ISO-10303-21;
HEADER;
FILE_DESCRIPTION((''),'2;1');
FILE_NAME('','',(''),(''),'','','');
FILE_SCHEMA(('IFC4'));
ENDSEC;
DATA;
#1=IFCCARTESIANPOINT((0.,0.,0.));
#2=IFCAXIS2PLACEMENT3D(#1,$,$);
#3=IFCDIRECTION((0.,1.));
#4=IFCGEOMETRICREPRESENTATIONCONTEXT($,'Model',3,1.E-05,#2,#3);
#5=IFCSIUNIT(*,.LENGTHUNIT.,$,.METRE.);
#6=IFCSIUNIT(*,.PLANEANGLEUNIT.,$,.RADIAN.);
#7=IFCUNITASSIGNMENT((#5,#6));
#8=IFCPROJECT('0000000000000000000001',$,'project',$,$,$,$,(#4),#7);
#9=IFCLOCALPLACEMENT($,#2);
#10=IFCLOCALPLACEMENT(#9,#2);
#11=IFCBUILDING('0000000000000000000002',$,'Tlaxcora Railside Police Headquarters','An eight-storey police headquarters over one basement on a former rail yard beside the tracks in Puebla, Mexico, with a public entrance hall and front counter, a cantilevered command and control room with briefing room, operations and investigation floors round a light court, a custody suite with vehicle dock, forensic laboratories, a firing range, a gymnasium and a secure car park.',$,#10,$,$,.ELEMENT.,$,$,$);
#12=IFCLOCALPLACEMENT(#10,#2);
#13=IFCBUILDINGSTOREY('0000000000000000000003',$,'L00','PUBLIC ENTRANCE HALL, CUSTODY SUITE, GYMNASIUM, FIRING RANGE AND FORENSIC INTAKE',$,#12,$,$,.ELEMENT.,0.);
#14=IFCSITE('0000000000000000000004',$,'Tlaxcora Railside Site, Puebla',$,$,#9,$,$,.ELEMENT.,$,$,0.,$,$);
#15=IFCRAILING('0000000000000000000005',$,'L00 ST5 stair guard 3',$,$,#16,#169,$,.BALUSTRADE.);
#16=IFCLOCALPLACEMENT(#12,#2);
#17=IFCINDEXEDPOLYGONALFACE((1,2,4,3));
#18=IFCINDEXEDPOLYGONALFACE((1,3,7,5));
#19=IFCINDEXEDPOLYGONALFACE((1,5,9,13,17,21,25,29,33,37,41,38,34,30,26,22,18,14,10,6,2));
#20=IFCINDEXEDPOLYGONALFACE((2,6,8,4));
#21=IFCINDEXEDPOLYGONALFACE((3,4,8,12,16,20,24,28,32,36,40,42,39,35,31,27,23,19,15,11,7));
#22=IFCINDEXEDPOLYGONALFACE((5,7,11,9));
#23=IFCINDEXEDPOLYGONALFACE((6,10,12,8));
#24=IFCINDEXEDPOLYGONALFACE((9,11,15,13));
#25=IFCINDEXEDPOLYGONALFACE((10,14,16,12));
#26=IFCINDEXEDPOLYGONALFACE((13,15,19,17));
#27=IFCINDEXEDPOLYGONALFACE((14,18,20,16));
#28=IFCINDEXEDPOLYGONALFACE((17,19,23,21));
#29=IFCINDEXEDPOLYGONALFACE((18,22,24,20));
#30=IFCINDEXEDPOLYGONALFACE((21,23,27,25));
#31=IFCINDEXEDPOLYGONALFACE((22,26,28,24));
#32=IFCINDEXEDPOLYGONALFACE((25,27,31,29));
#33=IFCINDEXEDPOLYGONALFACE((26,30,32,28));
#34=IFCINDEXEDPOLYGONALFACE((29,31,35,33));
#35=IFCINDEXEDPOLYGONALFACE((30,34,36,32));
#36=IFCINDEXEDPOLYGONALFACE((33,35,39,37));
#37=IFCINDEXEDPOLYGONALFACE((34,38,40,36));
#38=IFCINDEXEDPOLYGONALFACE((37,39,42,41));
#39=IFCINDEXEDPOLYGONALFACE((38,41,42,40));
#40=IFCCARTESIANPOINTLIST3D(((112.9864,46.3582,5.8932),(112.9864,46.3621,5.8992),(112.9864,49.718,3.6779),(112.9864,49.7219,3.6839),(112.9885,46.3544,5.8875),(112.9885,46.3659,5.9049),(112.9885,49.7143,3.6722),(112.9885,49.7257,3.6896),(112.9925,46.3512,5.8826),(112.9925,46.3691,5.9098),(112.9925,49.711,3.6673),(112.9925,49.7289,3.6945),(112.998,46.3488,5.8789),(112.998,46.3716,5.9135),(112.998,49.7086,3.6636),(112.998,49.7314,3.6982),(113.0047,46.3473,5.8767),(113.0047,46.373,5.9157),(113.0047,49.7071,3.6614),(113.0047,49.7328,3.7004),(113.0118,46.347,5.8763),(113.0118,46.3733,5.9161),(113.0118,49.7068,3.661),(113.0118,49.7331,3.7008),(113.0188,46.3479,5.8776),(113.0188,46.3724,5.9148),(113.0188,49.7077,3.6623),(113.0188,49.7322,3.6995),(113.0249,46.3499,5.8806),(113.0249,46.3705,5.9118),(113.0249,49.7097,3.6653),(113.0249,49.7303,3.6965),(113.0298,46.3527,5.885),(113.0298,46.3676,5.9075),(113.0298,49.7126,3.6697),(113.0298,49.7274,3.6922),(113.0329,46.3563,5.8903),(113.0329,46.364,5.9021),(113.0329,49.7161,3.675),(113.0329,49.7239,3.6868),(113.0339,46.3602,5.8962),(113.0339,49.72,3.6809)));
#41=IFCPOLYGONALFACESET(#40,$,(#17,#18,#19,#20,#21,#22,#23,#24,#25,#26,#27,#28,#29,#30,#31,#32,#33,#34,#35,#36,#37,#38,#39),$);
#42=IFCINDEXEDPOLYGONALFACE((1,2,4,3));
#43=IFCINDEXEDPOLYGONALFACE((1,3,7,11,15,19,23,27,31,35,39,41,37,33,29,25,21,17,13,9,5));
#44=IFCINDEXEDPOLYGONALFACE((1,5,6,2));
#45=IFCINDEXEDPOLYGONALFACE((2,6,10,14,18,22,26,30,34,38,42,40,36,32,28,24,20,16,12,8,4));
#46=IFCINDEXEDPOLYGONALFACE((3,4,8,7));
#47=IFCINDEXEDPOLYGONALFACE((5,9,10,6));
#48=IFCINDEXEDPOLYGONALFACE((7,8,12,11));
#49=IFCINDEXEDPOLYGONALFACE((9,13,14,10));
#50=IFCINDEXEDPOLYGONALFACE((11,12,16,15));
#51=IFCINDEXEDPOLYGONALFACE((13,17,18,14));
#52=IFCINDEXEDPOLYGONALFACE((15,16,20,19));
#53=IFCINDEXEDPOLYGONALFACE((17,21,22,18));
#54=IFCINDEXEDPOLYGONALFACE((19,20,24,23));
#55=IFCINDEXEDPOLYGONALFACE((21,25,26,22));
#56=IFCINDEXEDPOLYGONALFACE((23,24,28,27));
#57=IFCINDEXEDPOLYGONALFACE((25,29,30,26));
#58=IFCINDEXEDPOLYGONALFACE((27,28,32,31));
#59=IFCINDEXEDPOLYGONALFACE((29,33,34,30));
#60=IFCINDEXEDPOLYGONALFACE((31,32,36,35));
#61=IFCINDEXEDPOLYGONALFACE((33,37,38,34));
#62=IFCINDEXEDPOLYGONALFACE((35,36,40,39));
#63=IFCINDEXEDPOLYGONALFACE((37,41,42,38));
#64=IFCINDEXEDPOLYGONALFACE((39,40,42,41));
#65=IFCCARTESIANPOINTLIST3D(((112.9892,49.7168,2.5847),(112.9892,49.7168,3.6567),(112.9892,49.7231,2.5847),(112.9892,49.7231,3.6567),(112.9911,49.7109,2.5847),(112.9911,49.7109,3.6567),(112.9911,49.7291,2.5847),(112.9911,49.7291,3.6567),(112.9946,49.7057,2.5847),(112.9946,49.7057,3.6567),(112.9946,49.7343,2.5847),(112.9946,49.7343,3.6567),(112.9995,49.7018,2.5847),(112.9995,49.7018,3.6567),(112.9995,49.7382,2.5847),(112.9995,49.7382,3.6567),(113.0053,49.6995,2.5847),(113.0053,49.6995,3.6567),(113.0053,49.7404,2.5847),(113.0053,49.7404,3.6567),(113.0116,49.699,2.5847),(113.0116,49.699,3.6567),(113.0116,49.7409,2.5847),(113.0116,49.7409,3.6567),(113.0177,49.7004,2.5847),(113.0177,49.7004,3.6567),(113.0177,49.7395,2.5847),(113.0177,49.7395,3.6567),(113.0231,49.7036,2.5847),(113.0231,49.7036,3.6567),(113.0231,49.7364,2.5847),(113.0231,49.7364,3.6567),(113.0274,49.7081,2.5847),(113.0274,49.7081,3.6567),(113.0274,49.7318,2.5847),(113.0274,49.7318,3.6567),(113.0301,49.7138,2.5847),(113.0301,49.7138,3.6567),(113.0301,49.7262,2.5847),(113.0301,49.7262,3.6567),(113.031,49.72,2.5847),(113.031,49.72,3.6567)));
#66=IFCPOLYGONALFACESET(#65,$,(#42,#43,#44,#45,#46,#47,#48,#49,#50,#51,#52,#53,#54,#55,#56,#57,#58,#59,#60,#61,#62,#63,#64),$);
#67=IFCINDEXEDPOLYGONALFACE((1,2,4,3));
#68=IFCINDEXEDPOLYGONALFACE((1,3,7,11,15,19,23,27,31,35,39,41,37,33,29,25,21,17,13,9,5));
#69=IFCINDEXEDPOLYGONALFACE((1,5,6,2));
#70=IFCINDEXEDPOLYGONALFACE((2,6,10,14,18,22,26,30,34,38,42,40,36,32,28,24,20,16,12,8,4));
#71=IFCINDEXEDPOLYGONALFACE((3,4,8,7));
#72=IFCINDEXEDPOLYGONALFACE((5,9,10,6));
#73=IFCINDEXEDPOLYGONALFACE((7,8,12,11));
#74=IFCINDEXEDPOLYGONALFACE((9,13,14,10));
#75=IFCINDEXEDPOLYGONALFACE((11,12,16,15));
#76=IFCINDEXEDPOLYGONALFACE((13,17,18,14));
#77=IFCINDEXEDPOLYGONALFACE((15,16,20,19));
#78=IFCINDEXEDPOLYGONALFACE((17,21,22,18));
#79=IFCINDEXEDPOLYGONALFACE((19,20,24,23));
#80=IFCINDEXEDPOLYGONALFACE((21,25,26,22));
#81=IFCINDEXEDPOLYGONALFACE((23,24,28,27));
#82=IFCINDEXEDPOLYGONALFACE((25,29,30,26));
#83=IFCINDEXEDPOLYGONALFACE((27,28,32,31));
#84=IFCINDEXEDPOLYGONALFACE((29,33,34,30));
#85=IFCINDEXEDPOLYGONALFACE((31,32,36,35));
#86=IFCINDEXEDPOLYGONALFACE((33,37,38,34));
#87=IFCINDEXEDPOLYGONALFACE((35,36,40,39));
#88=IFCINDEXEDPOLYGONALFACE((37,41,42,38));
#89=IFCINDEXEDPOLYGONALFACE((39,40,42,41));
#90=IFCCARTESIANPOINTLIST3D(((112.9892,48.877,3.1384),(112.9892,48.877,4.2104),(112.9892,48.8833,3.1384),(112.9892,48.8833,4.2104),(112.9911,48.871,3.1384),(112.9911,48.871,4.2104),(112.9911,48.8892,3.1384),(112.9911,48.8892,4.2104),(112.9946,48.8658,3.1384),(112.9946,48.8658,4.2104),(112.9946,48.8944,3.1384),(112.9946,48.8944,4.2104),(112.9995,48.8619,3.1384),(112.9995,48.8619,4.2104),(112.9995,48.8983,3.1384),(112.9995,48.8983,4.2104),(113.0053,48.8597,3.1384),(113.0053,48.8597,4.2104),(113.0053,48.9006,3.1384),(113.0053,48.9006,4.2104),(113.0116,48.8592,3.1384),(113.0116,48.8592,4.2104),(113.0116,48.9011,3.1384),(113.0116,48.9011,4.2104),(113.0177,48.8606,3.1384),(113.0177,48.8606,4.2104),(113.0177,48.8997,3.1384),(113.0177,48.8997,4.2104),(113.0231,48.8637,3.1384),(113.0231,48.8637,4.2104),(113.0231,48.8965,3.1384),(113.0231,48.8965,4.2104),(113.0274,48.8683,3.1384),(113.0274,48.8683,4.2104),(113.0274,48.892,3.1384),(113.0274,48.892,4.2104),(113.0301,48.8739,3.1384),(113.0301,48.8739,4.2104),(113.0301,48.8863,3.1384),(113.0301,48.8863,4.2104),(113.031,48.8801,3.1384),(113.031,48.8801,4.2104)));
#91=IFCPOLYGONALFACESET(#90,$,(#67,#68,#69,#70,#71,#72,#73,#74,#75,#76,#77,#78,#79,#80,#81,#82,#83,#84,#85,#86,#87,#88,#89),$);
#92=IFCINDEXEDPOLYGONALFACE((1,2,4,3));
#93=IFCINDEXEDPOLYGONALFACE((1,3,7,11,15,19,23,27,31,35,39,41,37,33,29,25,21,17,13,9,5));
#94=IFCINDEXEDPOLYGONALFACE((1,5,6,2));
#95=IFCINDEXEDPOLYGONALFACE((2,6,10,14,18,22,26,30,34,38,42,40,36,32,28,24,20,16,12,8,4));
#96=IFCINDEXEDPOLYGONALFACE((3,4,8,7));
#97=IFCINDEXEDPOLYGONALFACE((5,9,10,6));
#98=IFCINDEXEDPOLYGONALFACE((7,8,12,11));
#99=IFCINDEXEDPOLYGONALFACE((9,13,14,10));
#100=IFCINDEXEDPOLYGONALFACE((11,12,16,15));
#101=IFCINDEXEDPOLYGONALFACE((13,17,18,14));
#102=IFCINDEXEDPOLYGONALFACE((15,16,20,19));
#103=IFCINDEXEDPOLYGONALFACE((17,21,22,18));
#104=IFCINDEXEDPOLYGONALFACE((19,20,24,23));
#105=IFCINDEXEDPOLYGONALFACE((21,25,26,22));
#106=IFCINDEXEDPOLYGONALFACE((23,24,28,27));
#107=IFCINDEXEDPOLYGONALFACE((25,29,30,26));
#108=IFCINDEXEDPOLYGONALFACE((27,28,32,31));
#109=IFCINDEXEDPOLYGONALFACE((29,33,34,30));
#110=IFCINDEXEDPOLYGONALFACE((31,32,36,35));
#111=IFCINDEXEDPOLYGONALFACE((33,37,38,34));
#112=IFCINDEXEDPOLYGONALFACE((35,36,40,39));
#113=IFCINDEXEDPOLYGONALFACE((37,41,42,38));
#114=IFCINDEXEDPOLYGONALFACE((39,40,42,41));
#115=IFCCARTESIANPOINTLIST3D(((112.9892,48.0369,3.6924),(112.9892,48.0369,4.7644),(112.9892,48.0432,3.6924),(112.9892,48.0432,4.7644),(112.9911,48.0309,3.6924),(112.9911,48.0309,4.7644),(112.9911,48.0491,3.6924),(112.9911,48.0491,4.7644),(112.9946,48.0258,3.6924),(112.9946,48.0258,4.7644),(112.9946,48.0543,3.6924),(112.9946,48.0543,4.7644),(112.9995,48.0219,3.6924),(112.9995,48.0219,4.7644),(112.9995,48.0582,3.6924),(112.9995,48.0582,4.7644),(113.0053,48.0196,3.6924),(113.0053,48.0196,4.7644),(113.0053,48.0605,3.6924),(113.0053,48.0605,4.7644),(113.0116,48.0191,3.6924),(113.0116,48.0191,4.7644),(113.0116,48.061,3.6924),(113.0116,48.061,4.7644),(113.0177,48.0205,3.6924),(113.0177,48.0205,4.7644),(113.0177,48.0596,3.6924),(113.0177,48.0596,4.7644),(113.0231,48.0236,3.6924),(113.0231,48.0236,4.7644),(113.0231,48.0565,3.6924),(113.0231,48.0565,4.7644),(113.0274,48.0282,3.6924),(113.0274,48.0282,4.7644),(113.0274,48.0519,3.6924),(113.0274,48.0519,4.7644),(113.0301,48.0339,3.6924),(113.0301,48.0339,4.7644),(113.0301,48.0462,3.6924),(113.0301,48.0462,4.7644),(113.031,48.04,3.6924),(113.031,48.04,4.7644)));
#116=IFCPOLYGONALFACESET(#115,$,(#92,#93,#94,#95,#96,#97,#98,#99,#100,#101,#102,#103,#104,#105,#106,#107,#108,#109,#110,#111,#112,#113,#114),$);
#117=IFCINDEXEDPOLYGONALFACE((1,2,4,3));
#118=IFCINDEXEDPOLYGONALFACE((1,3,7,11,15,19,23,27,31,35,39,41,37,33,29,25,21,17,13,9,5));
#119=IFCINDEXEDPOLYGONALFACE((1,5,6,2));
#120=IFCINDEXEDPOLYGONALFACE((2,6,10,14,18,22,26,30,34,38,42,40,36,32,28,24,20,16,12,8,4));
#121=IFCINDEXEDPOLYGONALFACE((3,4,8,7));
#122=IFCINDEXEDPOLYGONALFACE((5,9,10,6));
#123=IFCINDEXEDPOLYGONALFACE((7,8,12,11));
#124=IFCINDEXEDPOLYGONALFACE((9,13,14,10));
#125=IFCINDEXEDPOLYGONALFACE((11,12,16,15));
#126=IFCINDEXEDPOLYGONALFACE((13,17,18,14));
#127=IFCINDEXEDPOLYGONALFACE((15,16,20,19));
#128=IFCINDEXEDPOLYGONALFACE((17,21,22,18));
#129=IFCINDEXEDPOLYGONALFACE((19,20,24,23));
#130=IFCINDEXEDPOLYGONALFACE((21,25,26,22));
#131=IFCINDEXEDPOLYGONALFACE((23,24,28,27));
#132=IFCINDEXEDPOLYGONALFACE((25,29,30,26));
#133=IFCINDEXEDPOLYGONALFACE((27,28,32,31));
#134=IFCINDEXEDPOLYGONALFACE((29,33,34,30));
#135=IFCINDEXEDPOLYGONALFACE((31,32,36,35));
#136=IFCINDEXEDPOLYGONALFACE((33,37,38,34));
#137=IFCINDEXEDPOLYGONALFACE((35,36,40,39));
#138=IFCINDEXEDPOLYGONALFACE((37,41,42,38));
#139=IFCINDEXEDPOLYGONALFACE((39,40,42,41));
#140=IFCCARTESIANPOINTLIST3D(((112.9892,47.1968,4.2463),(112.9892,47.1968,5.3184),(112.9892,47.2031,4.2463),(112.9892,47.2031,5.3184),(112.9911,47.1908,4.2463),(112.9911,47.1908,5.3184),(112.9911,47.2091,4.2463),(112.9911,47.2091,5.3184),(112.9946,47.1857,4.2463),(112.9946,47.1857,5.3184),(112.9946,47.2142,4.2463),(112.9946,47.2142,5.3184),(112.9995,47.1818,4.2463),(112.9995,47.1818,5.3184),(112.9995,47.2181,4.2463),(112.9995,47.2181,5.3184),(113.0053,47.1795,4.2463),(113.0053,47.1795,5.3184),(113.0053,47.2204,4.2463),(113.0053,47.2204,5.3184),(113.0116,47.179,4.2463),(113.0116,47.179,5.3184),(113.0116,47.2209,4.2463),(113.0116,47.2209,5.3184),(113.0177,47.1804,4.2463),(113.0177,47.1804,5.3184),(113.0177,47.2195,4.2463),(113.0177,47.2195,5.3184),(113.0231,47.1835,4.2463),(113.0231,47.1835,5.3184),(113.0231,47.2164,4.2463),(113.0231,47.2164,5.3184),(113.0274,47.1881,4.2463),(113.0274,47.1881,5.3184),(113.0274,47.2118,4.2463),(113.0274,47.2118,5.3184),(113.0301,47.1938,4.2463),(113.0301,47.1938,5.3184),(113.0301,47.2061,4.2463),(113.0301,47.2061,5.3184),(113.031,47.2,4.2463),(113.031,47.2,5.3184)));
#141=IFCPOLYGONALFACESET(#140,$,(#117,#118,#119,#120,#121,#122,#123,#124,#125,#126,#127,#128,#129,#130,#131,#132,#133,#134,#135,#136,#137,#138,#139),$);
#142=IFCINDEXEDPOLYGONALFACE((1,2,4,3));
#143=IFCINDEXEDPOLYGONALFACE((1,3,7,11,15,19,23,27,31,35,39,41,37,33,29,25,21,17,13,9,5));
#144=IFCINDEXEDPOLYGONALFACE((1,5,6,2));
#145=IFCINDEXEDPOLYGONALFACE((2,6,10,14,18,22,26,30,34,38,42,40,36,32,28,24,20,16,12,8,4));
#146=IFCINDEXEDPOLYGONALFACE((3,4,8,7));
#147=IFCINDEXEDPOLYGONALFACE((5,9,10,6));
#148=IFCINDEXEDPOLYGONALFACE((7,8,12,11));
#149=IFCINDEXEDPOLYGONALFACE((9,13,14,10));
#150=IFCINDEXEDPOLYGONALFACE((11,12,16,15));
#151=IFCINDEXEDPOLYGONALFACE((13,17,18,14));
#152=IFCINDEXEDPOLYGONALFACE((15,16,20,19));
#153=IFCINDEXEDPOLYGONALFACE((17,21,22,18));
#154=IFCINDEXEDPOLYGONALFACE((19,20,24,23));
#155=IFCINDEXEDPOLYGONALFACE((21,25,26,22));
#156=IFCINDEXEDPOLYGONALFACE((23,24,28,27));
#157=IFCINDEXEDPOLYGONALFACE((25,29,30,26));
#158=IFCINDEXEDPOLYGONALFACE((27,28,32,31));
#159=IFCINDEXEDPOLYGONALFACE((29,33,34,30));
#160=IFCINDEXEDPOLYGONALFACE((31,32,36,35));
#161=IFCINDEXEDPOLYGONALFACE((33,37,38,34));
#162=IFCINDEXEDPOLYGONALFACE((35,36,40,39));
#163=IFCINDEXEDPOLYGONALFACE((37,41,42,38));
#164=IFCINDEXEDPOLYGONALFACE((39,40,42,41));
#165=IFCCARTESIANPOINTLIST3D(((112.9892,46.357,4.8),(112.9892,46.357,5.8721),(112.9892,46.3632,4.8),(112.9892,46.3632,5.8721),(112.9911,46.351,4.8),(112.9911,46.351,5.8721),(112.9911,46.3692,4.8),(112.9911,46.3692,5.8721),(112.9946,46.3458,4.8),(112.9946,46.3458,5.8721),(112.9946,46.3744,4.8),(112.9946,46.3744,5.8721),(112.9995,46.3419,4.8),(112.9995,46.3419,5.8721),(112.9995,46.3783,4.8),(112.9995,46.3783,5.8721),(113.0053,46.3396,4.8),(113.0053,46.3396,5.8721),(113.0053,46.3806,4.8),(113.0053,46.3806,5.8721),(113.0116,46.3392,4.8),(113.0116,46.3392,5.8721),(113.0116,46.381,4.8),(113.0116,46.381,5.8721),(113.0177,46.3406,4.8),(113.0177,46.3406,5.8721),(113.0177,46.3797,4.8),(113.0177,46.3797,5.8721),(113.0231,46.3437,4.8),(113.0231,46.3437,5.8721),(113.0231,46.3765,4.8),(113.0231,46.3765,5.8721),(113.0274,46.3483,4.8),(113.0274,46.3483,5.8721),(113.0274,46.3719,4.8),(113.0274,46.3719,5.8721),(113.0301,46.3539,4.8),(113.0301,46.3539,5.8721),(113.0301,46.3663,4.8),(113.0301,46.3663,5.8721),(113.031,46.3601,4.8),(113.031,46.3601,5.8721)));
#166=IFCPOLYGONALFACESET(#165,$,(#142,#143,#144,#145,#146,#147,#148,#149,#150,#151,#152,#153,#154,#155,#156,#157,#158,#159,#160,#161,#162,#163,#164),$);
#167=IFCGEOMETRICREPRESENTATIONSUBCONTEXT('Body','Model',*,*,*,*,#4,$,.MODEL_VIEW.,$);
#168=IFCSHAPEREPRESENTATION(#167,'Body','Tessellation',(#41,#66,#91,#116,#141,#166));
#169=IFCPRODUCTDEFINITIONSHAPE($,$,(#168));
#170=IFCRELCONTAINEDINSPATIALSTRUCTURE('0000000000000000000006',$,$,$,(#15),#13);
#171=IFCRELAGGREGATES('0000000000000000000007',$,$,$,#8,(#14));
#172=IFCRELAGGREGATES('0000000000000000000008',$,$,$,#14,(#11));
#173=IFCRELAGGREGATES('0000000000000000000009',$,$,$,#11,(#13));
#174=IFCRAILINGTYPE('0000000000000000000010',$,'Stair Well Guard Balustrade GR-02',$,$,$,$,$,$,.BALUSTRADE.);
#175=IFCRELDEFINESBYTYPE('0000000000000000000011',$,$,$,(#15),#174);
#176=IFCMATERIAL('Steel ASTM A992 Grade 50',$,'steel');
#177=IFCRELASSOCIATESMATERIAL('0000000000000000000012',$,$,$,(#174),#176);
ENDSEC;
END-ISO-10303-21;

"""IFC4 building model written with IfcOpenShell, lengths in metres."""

from ifc_helpers import new_model, si_unit, direction, frame, origin, origin_2d, place, context, subcontext, project, spatial, circle, extrude, material, type_object, element, save


model = new_model("IFC4")

# Units and contexts
model_context = context("Model", 3, precision=1e-05, world=origin(), true_north=direction((0.0, 1.0)))
body_context = subcontext(model_context, "Body", "Model", "MODEL_VIEW")
ifc_project = project(units=[si_unit("LENGTHUNIT", "METRE"), si_unit("PLANEANGLEUNIT", "RADIAN")], contexts=[model_context])

# Site, building, storey
site_placement = place(None, origin())
site = spatial("IfcSite", under=ifc_project, at=site_placement, Name="Tlaxcora Railside Site, Puebla", CompositionType="ELEMENT", RefElevation=0.0)
building_placement = place(site_placement, origin())
building = spatial("IfcBuilding", under=site, at=building_placement, Name="Tlaxcora Railside Police Headquarters", Description="An eight-storey police headquarters over one basement on a former rail yard beside the tracks in Puebla, Mexico, with a public entrance hall and front counter, a cantilevered command and control room with briefing room, operations and investigation floors round a light court, a custody suite with vehicle dock, forensic laboratories, a firing range, a gymnasium and a secure car park.", CompositionType="ELEMENT")
storey_placement = place(building_placement, origin())
storey = spatial("IfcBuildingStorey", under=building, at=storey_placement, Name="L00", Description="PUBLIC ENTRANCE HALL, CUSTODY SUITE, GYMNASIUM, FIRING RANGE AND FORENSIC INTAKE", CompositionType="ELEMENT", Elevation=0.0)

# Shared definitions
ifc_material_1 = material(Name="Steel ASTM A992 Grade 50", Category="steel")

# Railing
railing_type_1 = type_object("IfcRailingType", Name="Stair Well Guard Balustrade GR-02", PredefinedType="BALUSTRADE", material=ifc_material_1)
railing_1_placement = place(storey_placement, frame((113.01, 49.72, 2.5847)))
element("IfcRailing", 1, at=railing_1_placement, inside=storey, type_object=railing_type_1, Name="L00 ST5 stair guard 3", PredefinedType="BALUSTRADE", context=body_context, shape_type="SweptSolid", body=[
    extrude(circle(Radius=0.0239, at=origin_2d()), frame((0.0, 0.0, 1.0962), z_axis=(0.0, -0.834858, 0.550465), x_axis=(1.0, 0.0, 0.0)), (0.0, 0.0, 1.0), 4.0244),
    extrude(circle(Radius=0.021, at=origin_2d()), origin(), (0.0, 0.0, 1.0), 1.072),
    extrude(circle(Radius=0.021, at=origin_2d()), frame((0.0, -0.8398, 0.5537)), (0.0, 0.0, 1.0), 1.072),
    extrude(circle(Radius=0.021, at=origin_2d()), frame((0.0, -1.6799, 1.1077)), (0.0, 0.0, 1.0), 1.072),
    extrude(circle(Radius=0.021, at=origin_2d()), frame((0.0, -2.52, 1.6616)), (0.0, 0.0, 1.0), 1.072),
    extrude(circle(Radius=0.021, at=origin_2d()), frame((0.0, -3.3599, 2.2153)), (0.0, 0.0, 1.0), 1.072),
])

save(model, "model.ifc")
